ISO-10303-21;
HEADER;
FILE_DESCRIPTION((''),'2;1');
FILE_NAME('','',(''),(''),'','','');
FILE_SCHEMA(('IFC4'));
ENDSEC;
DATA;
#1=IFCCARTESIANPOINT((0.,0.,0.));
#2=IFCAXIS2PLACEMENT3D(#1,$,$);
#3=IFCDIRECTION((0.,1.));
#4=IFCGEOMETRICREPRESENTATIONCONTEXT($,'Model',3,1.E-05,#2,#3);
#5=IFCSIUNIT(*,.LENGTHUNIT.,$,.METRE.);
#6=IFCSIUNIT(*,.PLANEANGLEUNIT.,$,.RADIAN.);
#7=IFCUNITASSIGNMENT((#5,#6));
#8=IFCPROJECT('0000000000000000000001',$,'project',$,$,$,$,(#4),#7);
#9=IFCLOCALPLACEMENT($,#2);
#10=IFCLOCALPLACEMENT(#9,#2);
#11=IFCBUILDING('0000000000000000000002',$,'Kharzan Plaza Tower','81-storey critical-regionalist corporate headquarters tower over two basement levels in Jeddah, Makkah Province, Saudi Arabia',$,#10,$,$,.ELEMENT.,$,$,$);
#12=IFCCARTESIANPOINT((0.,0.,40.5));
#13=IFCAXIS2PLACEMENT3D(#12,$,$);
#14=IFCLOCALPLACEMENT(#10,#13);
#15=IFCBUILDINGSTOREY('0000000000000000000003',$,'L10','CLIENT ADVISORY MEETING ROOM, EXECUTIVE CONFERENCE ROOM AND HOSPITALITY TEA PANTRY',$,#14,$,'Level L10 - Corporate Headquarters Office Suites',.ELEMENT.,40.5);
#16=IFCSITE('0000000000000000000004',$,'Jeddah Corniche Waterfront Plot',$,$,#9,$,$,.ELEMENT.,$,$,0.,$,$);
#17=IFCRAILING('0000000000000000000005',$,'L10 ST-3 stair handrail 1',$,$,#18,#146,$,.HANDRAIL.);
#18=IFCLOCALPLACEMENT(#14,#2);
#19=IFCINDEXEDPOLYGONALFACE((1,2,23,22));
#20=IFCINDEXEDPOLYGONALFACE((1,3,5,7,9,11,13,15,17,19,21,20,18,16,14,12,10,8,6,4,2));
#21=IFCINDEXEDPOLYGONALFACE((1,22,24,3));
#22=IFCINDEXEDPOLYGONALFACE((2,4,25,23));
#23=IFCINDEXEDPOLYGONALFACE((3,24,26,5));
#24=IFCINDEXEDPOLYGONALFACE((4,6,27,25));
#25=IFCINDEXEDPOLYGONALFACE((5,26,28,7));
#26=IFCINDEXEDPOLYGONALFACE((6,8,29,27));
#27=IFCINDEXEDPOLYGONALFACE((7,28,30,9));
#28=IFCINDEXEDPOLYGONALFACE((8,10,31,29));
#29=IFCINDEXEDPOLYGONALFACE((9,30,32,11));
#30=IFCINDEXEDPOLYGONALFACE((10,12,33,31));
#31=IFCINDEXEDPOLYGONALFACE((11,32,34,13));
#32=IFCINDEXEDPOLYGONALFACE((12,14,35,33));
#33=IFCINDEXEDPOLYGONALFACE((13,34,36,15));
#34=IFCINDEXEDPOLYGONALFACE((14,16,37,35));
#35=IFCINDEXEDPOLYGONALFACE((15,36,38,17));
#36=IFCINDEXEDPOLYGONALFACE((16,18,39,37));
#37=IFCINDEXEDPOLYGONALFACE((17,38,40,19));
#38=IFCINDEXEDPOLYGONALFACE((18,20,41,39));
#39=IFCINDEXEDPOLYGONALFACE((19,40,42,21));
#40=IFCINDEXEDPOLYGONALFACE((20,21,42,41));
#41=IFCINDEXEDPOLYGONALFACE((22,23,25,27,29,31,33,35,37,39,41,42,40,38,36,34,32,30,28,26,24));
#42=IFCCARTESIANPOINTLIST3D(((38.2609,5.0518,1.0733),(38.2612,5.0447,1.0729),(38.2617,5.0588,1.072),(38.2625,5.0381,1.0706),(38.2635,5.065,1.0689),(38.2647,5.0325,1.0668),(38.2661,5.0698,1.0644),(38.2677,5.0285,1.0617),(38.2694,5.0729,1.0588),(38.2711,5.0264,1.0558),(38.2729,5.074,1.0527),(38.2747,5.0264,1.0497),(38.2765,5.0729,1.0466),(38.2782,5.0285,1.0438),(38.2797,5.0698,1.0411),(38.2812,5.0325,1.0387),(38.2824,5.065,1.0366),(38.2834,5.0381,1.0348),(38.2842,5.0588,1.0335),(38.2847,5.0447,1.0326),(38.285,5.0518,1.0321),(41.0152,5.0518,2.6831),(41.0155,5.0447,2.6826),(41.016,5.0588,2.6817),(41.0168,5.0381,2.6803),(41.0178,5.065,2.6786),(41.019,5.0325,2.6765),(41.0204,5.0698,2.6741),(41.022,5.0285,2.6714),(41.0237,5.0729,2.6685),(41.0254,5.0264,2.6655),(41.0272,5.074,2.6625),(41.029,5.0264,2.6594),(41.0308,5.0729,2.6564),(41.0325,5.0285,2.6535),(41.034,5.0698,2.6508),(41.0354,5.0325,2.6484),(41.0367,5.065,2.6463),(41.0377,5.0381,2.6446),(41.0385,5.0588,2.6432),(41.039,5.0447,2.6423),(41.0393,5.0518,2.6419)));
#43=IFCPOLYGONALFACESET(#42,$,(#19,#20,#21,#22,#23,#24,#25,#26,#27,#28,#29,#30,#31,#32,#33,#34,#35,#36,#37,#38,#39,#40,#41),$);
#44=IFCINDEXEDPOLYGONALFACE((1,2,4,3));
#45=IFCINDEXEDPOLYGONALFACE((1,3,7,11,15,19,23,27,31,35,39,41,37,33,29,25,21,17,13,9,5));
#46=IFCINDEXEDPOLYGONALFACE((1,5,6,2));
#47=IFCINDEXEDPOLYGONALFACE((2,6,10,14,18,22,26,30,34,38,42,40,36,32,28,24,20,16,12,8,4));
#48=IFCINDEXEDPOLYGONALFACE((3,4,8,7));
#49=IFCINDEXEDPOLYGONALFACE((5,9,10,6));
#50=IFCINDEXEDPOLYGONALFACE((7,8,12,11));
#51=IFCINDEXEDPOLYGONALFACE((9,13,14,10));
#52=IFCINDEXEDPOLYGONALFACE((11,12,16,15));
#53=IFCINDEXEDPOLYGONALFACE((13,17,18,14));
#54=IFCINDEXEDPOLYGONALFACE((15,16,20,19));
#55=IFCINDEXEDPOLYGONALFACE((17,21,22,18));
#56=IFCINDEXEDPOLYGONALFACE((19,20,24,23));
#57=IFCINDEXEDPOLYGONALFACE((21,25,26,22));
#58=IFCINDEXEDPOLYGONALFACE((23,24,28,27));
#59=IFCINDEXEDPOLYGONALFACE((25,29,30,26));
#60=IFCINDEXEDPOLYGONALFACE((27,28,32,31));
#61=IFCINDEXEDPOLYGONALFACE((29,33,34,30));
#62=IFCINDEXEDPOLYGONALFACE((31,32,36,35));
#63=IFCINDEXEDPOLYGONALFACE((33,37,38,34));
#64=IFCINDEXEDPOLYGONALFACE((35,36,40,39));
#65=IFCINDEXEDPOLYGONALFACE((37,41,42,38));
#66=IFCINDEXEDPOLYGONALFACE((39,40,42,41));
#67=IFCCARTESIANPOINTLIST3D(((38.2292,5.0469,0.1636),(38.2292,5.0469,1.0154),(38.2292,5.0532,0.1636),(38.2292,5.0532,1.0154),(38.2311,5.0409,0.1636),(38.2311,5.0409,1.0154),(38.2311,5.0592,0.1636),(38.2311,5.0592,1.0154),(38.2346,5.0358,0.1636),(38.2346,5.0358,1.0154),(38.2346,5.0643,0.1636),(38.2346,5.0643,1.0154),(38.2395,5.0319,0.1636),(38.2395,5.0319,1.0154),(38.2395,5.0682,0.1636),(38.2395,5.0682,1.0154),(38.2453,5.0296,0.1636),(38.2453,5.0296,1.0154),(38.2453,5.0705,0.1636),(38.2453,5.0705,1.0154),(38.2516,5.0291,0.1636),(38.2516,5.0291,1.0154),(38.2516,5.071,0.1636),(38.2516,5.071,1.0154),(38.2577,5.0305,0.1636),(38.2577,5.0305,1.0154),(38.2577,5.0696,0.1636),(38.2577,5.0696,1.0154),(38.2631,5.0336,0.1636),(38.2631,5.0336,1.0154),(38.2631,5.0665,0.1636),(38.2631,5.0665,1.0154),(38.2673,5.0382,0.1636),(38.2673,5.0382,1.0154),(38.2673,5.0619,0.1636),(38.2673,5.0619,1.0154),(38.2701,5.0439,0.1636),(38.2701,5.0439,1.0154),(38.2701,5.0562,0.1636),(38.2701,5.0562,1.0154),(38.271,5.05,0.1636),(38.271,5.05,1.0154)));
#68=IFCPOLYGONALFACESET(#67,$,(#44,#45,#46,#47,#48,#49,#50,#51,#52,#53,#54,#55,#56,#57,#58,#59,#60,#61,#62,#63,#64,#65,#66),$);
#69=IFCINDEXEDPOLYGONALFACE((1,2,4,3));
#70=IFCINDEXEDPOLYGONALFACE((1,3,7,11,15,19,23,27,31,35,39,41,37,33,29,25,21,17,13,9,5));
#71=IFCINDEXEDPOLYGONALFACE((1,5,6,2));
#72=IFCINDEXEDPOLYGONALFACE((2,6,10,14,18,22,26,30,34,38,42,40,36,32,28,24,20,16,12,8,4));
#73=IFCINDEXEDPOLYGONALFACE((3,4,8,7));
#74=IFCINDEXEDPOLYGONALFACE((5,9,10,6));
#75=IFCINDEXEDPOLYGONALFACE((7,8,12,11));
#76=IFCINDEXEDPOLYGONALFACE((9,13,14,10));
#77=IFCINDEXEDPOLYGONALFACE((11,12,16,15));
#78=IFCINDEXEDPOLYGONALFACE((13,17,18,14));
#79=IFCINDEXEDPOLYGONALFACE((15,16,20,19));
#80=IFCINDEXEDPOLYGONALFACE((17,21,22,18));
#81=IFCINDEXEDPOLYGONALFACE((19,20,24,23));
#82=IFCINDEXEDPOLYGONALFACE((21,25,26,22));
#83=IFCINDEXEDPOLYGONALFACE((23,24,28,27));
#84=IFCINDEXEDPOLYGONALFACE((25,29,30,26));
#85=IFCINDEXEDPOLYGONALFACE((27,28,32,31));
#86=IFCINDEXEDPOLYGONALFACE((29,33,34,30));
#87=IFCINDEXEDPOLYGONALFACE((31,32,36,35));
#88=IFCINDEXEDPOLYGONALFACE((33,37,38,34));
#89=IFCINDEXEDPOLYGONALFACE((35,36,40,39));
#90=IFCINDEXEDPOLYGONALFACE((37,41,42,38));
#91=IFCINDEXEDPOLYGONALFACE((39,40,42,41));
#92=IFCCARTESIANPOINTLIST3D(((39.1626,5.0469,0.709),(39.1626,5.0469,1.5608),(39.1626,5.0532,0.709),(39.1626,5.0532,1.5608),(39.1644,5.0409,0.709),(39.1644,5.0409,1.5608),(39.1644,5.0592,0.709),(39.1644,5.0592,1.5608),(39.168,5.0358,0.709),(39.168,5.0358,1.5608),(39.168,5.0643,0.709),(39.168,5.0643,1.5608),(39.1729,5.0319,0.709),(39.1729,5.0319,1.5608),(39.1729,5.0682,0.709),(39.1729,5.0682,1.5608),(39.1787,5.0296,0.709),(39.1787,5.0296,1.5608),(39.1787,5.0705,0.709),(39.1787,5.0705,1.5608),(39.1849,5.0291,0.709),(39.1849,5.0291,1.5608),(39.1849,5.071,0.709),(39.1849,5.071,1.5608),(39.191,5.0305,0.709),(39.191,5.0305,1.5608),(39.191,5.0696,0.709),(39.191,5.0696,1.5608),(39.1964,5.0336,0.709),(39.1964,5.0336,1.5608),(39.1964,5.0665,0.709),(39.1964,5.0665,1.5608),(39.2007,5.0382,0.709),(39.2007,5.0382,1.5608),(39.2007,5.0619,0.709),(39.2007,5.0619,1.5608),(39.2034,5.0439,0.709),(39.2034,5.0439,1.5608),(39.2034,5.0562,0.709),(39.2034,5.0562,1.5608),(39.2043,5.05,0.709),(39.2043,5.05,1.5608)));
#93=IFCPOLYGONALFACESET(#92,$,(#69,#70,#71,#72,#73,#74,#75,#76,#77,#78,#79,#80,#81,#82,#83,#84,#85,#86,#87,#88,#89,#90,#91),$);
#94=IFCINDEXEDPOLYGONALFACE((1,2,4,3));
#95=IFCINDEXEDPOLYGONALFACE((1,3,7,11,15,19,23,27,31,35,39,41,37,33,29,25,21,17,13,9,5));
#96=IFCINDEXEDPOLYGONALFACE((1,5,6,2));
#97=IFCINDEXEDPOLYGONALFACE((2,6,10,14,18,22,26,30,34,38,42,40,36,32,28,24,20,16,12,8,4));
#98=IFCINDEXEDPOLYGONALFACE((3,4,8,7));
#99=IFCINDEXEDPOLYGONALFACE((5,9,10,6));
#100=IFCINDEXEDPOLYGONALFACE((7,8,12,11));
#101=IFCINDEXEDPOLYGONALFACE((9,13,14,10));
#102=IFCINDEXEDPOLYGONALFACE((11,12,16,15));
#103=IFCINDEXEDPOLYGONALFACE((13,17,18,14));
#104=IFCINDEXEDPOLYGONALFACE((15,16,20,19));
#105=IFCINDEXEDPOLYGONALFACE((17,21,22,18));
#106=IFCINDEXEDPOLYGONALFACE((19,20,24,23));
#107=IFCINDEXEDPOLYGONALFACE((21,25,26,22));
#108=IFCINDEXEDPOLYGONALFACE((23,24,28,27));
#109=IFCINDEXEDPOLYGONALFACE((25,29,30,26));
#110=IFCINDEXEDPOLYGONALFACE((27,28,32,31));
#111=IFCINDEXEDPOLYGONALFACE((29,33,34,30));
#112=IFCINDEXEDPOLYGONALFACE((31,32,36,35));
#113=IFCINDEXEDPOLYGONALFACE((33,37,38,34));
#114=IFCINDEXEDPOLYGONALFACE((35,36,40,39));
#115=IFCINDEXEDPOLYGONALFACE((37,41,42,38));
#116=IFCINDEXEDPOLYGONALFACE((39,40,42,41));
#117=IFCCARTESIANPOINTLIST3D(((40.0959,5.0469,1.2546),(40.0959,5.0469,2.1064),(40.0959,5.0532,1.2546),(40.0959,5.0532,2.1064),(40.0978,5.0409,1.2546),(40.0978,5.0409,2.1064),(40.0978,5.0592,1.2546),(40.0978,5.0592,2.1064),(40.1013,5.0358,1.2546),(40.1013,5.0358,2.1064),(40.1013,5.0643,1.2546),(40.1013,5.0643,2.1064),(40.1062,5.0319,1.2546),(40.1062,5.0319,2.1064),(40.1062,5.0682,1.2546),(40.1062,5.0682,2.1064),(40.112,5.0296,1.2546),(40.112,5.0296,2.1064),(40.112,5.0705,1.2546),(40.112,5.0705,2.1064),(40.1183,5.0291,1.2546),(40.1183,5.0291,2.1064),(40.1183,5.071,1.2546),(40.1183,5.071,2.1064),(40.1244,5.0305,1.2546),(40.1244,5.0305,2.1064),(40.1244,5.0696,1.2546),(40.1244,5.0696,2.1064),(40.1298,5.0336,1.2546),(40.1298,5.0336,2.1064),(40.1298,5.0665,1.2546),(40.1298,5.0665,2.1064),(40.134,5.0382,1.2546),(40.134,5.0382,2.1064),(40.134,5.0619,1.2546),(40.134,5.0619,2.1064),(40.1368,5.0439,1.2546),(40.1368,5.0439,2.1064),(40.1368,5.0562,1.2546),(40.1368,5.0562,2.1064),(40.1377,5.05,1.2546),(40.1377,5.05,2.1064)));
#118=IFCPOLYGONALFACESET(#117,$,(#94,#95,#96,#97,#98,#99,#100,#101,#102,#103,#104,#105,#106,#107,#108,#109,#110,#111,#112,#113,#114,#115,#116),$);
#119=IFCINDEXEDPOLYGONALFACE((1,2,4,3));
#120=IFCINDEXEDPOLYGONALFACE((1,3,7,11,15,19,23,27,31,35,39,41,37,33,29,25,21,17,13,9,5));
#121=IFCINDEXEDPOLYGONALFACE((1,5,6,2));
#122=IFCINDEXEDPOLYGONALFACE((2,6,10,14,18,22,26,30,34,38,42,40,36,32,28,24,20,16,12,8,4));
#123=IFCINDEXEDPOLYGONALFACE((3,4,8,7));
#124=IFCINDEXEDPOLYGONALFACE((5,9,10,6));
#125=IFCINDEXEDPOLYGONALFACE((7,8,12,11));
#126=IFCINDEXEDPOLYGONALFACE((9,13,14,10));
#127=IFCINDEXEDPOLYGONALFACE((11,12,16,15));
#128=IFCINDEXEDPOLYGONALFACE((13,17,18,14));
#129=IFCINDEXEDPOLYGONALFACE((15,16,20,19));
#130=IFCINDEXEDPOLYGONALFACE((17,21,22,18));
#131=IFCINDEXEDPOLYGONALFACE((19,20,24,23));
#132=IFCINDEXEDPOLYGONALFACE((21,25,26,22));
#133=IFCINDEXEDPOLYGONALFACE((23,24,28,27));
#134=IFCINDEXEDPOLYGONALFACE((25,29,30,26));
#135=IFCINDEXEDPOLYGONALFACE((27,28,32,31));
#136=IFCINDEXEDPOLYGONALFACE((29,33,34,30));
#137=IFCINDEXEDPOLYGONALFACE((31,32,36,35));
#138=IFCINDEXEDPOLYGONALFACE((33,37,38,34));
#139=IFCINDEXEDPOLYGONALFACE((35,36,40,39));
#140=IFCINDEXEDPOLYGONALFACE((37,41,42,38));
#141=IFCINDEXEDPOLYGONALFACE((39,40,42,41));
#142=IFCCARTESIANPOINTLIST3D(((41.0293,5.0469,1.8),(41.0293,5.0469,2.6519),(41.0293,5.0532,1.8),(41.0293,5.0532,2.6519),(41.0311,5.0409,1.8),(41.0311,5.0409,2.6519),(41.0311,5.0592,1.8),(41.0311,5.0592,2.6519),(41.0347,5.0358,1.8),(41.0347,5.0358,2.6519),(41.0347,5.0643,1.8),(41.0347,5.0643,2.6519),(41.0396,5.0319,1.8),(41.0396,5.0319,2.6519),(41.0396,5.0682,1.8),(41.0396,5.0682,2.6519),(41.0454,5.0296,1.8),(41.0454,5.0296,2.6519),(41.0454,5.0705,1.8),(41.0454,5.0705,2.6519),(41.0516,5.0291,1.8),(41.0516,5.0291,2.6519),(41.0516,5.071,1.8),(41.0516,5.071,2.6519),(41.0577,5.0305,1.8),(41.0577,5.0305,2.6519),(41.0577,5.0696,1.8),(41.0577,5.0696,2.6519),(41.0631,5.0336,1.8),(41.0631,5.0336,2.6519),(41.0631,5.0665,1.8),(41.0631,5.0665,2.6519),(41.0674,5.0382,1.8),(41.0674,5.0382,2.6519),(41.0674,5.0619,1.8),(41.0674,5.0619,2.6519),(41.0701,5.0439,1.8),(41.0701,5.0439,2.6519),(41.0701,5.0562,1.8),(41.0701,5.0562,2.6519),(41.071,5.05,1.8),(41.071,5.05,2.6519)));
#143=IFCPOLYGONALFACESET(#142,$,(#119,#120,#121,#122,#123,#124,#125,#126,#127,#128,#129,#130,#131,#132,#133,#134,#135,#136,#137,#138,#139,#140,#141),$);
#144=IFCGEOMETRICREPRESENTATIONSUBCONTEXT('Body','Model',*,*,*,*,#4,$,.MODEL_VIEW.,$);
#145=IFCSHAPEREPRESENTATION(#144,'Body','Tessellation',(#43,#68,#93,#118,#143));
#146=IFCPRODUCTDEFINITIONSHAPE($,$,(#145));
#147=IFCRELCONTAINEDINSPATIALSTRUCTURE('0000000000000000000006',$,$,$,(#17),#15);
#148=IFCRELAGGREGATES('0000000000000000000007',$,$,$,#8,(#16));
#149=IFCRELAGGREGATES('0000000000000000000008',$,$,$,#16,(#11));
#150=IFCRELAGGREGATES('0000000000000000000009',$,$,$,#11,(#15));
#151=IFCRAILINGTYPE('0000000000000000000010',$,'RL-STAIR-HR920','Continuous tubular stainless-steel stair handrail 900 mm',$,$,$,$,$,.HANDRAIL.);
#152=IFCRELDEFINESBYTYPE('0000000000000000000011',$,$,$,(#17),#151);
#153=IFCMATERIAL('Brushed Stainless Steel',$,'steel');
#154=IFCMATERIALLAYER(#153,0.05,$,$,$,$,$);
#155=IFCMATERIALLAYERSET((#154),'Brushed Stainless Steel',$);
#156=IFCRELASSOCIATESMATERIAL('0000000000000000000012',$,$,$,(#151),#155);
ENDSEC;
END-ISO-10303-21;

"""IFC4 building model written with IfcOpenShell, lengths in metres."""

from ifc_helpers import new_model, si_unit, direction, frame, origin, origin_2d, place, context, subcontext, project, spatial, circle, extrude, source, transform, mapped, material, layer, layer_set, type_object, element, save


model = new_model("IFC4")

# Units and contexts
model_context = context("Model", 3, precision=1e-05, world=origin(), true_north=direction((0.0, 1.0)))
body_context = subcontext(model_context, "Body", "Model", "MODEL_VIEW")
ifc_project = project(units=[si_unit("LENGTHUNIT", "METRE"), si_unit("PLANEANGLEUNIT", "RADIAN")], contexts=[model_context])

# Site, building, storey
site_placement = place(None, origin())
site = spatial("IfcSite", under=ifc_project, at=site_placement, Name="Jeddah Corniche Waterfront Plot", CompositionType="ELEMENT", RefElevation=0.0)
building_placement = place(site_placement, origin())
building = spatial("IfcBuilding", under=site, at=building_placement, Name="Kharzan Plaza Tower", Description="81-storey critical-regionalist corporate headquarters tower over two basement levels in Jeddah, Makkah Province, Saudi Arabia", CompositionType="ELEMENT")
storey_placement = place(building_placement, frame((0.0, 0.0, 40.5)))
storey = spatial("IfcBuildingStorey", under=building, at=storey_placement, Name="L10", Description="CLIENT ADVISORY MEETING ROOM, EXECUTIVE CONFERENCE ROOM AND HOSPITALITY TEA PANTRY", LongName="Level L10 - Corporate Headquarters Office Suites", CompositionType="ELEMENT", Elevation=40.5)

# Shared definitions
ifc_material_1 = material(Name="Brushed Stainless Steel", Category="steel")

# Railing
ifc_layer_1 = layer(ifc_material_1, 0.05)
ifc_layer_set_1 = layer_set([ifc_layer_1], Name="Brushed Stainless Steel")
railing_type_1 = type_object("IfcRailingType", Name="RL-STAIR-HR920", Description="Continuous tubular stainless-steel stair handrail 900 mm", PredefinedType="HANDRAIL", material=ifc_layer_set_1)
shared_shape_1 = source(origin(), body_context, "Body", "SweptSolid", [
    extrude(circle(Radius=0.0239, at=origin_2d()), frame((0.0229, 0.0, 0.8892), z_axis=(0.863361, 0.0, 0.504587), x_axis=(0.0, 1.0, 0.0)), (0.0, 0.0, 1.0), 3.1902),
    extrude(circle(Radius=0.021, at=origin_2d()), origin(), (0.0, 0.0, 1.0), 0.8518),
    extrude(circle(Radius=0.021, at=origin_2d()), frame((0.9333, 0.0, 0.5454)), (0.0, 0.0, 1.0), 0.8518),
    extrude(circle(Radius=0.021, at=origin_2d()), frame((1.8667, 0.0, 1.0911)), (0.0, 0.0, 1.0), 0.8518),
    extrude(circle(Radius=0.021, at=origin_2d()), frame((2.8, 0.0, 1.6365)), (0.0, 0.0, 1.0), 0.8518),
])
railing_1_placement = place(storey_placement, frame((38.25, 5.05, 0.1636)))
element("IfcRailing", 1, at=railing_1_placement, inside=storey, type_object=railing_type_1, Name="L10 ST-3 stair handrail 1", PredefinedType="HANDRAIL", context=body_context, shape_type="MappedRepresentation", body=[
    mapped(shared_shape_1, transform((0.0, 0.0, 0.0), x_axis=(1.0, 0.0, 0.0), y_axis=(0.0, 1.0, 0.0), z_axis=(0.0, 0.0, 1.0))),
])

save(model, "model.ifc")
